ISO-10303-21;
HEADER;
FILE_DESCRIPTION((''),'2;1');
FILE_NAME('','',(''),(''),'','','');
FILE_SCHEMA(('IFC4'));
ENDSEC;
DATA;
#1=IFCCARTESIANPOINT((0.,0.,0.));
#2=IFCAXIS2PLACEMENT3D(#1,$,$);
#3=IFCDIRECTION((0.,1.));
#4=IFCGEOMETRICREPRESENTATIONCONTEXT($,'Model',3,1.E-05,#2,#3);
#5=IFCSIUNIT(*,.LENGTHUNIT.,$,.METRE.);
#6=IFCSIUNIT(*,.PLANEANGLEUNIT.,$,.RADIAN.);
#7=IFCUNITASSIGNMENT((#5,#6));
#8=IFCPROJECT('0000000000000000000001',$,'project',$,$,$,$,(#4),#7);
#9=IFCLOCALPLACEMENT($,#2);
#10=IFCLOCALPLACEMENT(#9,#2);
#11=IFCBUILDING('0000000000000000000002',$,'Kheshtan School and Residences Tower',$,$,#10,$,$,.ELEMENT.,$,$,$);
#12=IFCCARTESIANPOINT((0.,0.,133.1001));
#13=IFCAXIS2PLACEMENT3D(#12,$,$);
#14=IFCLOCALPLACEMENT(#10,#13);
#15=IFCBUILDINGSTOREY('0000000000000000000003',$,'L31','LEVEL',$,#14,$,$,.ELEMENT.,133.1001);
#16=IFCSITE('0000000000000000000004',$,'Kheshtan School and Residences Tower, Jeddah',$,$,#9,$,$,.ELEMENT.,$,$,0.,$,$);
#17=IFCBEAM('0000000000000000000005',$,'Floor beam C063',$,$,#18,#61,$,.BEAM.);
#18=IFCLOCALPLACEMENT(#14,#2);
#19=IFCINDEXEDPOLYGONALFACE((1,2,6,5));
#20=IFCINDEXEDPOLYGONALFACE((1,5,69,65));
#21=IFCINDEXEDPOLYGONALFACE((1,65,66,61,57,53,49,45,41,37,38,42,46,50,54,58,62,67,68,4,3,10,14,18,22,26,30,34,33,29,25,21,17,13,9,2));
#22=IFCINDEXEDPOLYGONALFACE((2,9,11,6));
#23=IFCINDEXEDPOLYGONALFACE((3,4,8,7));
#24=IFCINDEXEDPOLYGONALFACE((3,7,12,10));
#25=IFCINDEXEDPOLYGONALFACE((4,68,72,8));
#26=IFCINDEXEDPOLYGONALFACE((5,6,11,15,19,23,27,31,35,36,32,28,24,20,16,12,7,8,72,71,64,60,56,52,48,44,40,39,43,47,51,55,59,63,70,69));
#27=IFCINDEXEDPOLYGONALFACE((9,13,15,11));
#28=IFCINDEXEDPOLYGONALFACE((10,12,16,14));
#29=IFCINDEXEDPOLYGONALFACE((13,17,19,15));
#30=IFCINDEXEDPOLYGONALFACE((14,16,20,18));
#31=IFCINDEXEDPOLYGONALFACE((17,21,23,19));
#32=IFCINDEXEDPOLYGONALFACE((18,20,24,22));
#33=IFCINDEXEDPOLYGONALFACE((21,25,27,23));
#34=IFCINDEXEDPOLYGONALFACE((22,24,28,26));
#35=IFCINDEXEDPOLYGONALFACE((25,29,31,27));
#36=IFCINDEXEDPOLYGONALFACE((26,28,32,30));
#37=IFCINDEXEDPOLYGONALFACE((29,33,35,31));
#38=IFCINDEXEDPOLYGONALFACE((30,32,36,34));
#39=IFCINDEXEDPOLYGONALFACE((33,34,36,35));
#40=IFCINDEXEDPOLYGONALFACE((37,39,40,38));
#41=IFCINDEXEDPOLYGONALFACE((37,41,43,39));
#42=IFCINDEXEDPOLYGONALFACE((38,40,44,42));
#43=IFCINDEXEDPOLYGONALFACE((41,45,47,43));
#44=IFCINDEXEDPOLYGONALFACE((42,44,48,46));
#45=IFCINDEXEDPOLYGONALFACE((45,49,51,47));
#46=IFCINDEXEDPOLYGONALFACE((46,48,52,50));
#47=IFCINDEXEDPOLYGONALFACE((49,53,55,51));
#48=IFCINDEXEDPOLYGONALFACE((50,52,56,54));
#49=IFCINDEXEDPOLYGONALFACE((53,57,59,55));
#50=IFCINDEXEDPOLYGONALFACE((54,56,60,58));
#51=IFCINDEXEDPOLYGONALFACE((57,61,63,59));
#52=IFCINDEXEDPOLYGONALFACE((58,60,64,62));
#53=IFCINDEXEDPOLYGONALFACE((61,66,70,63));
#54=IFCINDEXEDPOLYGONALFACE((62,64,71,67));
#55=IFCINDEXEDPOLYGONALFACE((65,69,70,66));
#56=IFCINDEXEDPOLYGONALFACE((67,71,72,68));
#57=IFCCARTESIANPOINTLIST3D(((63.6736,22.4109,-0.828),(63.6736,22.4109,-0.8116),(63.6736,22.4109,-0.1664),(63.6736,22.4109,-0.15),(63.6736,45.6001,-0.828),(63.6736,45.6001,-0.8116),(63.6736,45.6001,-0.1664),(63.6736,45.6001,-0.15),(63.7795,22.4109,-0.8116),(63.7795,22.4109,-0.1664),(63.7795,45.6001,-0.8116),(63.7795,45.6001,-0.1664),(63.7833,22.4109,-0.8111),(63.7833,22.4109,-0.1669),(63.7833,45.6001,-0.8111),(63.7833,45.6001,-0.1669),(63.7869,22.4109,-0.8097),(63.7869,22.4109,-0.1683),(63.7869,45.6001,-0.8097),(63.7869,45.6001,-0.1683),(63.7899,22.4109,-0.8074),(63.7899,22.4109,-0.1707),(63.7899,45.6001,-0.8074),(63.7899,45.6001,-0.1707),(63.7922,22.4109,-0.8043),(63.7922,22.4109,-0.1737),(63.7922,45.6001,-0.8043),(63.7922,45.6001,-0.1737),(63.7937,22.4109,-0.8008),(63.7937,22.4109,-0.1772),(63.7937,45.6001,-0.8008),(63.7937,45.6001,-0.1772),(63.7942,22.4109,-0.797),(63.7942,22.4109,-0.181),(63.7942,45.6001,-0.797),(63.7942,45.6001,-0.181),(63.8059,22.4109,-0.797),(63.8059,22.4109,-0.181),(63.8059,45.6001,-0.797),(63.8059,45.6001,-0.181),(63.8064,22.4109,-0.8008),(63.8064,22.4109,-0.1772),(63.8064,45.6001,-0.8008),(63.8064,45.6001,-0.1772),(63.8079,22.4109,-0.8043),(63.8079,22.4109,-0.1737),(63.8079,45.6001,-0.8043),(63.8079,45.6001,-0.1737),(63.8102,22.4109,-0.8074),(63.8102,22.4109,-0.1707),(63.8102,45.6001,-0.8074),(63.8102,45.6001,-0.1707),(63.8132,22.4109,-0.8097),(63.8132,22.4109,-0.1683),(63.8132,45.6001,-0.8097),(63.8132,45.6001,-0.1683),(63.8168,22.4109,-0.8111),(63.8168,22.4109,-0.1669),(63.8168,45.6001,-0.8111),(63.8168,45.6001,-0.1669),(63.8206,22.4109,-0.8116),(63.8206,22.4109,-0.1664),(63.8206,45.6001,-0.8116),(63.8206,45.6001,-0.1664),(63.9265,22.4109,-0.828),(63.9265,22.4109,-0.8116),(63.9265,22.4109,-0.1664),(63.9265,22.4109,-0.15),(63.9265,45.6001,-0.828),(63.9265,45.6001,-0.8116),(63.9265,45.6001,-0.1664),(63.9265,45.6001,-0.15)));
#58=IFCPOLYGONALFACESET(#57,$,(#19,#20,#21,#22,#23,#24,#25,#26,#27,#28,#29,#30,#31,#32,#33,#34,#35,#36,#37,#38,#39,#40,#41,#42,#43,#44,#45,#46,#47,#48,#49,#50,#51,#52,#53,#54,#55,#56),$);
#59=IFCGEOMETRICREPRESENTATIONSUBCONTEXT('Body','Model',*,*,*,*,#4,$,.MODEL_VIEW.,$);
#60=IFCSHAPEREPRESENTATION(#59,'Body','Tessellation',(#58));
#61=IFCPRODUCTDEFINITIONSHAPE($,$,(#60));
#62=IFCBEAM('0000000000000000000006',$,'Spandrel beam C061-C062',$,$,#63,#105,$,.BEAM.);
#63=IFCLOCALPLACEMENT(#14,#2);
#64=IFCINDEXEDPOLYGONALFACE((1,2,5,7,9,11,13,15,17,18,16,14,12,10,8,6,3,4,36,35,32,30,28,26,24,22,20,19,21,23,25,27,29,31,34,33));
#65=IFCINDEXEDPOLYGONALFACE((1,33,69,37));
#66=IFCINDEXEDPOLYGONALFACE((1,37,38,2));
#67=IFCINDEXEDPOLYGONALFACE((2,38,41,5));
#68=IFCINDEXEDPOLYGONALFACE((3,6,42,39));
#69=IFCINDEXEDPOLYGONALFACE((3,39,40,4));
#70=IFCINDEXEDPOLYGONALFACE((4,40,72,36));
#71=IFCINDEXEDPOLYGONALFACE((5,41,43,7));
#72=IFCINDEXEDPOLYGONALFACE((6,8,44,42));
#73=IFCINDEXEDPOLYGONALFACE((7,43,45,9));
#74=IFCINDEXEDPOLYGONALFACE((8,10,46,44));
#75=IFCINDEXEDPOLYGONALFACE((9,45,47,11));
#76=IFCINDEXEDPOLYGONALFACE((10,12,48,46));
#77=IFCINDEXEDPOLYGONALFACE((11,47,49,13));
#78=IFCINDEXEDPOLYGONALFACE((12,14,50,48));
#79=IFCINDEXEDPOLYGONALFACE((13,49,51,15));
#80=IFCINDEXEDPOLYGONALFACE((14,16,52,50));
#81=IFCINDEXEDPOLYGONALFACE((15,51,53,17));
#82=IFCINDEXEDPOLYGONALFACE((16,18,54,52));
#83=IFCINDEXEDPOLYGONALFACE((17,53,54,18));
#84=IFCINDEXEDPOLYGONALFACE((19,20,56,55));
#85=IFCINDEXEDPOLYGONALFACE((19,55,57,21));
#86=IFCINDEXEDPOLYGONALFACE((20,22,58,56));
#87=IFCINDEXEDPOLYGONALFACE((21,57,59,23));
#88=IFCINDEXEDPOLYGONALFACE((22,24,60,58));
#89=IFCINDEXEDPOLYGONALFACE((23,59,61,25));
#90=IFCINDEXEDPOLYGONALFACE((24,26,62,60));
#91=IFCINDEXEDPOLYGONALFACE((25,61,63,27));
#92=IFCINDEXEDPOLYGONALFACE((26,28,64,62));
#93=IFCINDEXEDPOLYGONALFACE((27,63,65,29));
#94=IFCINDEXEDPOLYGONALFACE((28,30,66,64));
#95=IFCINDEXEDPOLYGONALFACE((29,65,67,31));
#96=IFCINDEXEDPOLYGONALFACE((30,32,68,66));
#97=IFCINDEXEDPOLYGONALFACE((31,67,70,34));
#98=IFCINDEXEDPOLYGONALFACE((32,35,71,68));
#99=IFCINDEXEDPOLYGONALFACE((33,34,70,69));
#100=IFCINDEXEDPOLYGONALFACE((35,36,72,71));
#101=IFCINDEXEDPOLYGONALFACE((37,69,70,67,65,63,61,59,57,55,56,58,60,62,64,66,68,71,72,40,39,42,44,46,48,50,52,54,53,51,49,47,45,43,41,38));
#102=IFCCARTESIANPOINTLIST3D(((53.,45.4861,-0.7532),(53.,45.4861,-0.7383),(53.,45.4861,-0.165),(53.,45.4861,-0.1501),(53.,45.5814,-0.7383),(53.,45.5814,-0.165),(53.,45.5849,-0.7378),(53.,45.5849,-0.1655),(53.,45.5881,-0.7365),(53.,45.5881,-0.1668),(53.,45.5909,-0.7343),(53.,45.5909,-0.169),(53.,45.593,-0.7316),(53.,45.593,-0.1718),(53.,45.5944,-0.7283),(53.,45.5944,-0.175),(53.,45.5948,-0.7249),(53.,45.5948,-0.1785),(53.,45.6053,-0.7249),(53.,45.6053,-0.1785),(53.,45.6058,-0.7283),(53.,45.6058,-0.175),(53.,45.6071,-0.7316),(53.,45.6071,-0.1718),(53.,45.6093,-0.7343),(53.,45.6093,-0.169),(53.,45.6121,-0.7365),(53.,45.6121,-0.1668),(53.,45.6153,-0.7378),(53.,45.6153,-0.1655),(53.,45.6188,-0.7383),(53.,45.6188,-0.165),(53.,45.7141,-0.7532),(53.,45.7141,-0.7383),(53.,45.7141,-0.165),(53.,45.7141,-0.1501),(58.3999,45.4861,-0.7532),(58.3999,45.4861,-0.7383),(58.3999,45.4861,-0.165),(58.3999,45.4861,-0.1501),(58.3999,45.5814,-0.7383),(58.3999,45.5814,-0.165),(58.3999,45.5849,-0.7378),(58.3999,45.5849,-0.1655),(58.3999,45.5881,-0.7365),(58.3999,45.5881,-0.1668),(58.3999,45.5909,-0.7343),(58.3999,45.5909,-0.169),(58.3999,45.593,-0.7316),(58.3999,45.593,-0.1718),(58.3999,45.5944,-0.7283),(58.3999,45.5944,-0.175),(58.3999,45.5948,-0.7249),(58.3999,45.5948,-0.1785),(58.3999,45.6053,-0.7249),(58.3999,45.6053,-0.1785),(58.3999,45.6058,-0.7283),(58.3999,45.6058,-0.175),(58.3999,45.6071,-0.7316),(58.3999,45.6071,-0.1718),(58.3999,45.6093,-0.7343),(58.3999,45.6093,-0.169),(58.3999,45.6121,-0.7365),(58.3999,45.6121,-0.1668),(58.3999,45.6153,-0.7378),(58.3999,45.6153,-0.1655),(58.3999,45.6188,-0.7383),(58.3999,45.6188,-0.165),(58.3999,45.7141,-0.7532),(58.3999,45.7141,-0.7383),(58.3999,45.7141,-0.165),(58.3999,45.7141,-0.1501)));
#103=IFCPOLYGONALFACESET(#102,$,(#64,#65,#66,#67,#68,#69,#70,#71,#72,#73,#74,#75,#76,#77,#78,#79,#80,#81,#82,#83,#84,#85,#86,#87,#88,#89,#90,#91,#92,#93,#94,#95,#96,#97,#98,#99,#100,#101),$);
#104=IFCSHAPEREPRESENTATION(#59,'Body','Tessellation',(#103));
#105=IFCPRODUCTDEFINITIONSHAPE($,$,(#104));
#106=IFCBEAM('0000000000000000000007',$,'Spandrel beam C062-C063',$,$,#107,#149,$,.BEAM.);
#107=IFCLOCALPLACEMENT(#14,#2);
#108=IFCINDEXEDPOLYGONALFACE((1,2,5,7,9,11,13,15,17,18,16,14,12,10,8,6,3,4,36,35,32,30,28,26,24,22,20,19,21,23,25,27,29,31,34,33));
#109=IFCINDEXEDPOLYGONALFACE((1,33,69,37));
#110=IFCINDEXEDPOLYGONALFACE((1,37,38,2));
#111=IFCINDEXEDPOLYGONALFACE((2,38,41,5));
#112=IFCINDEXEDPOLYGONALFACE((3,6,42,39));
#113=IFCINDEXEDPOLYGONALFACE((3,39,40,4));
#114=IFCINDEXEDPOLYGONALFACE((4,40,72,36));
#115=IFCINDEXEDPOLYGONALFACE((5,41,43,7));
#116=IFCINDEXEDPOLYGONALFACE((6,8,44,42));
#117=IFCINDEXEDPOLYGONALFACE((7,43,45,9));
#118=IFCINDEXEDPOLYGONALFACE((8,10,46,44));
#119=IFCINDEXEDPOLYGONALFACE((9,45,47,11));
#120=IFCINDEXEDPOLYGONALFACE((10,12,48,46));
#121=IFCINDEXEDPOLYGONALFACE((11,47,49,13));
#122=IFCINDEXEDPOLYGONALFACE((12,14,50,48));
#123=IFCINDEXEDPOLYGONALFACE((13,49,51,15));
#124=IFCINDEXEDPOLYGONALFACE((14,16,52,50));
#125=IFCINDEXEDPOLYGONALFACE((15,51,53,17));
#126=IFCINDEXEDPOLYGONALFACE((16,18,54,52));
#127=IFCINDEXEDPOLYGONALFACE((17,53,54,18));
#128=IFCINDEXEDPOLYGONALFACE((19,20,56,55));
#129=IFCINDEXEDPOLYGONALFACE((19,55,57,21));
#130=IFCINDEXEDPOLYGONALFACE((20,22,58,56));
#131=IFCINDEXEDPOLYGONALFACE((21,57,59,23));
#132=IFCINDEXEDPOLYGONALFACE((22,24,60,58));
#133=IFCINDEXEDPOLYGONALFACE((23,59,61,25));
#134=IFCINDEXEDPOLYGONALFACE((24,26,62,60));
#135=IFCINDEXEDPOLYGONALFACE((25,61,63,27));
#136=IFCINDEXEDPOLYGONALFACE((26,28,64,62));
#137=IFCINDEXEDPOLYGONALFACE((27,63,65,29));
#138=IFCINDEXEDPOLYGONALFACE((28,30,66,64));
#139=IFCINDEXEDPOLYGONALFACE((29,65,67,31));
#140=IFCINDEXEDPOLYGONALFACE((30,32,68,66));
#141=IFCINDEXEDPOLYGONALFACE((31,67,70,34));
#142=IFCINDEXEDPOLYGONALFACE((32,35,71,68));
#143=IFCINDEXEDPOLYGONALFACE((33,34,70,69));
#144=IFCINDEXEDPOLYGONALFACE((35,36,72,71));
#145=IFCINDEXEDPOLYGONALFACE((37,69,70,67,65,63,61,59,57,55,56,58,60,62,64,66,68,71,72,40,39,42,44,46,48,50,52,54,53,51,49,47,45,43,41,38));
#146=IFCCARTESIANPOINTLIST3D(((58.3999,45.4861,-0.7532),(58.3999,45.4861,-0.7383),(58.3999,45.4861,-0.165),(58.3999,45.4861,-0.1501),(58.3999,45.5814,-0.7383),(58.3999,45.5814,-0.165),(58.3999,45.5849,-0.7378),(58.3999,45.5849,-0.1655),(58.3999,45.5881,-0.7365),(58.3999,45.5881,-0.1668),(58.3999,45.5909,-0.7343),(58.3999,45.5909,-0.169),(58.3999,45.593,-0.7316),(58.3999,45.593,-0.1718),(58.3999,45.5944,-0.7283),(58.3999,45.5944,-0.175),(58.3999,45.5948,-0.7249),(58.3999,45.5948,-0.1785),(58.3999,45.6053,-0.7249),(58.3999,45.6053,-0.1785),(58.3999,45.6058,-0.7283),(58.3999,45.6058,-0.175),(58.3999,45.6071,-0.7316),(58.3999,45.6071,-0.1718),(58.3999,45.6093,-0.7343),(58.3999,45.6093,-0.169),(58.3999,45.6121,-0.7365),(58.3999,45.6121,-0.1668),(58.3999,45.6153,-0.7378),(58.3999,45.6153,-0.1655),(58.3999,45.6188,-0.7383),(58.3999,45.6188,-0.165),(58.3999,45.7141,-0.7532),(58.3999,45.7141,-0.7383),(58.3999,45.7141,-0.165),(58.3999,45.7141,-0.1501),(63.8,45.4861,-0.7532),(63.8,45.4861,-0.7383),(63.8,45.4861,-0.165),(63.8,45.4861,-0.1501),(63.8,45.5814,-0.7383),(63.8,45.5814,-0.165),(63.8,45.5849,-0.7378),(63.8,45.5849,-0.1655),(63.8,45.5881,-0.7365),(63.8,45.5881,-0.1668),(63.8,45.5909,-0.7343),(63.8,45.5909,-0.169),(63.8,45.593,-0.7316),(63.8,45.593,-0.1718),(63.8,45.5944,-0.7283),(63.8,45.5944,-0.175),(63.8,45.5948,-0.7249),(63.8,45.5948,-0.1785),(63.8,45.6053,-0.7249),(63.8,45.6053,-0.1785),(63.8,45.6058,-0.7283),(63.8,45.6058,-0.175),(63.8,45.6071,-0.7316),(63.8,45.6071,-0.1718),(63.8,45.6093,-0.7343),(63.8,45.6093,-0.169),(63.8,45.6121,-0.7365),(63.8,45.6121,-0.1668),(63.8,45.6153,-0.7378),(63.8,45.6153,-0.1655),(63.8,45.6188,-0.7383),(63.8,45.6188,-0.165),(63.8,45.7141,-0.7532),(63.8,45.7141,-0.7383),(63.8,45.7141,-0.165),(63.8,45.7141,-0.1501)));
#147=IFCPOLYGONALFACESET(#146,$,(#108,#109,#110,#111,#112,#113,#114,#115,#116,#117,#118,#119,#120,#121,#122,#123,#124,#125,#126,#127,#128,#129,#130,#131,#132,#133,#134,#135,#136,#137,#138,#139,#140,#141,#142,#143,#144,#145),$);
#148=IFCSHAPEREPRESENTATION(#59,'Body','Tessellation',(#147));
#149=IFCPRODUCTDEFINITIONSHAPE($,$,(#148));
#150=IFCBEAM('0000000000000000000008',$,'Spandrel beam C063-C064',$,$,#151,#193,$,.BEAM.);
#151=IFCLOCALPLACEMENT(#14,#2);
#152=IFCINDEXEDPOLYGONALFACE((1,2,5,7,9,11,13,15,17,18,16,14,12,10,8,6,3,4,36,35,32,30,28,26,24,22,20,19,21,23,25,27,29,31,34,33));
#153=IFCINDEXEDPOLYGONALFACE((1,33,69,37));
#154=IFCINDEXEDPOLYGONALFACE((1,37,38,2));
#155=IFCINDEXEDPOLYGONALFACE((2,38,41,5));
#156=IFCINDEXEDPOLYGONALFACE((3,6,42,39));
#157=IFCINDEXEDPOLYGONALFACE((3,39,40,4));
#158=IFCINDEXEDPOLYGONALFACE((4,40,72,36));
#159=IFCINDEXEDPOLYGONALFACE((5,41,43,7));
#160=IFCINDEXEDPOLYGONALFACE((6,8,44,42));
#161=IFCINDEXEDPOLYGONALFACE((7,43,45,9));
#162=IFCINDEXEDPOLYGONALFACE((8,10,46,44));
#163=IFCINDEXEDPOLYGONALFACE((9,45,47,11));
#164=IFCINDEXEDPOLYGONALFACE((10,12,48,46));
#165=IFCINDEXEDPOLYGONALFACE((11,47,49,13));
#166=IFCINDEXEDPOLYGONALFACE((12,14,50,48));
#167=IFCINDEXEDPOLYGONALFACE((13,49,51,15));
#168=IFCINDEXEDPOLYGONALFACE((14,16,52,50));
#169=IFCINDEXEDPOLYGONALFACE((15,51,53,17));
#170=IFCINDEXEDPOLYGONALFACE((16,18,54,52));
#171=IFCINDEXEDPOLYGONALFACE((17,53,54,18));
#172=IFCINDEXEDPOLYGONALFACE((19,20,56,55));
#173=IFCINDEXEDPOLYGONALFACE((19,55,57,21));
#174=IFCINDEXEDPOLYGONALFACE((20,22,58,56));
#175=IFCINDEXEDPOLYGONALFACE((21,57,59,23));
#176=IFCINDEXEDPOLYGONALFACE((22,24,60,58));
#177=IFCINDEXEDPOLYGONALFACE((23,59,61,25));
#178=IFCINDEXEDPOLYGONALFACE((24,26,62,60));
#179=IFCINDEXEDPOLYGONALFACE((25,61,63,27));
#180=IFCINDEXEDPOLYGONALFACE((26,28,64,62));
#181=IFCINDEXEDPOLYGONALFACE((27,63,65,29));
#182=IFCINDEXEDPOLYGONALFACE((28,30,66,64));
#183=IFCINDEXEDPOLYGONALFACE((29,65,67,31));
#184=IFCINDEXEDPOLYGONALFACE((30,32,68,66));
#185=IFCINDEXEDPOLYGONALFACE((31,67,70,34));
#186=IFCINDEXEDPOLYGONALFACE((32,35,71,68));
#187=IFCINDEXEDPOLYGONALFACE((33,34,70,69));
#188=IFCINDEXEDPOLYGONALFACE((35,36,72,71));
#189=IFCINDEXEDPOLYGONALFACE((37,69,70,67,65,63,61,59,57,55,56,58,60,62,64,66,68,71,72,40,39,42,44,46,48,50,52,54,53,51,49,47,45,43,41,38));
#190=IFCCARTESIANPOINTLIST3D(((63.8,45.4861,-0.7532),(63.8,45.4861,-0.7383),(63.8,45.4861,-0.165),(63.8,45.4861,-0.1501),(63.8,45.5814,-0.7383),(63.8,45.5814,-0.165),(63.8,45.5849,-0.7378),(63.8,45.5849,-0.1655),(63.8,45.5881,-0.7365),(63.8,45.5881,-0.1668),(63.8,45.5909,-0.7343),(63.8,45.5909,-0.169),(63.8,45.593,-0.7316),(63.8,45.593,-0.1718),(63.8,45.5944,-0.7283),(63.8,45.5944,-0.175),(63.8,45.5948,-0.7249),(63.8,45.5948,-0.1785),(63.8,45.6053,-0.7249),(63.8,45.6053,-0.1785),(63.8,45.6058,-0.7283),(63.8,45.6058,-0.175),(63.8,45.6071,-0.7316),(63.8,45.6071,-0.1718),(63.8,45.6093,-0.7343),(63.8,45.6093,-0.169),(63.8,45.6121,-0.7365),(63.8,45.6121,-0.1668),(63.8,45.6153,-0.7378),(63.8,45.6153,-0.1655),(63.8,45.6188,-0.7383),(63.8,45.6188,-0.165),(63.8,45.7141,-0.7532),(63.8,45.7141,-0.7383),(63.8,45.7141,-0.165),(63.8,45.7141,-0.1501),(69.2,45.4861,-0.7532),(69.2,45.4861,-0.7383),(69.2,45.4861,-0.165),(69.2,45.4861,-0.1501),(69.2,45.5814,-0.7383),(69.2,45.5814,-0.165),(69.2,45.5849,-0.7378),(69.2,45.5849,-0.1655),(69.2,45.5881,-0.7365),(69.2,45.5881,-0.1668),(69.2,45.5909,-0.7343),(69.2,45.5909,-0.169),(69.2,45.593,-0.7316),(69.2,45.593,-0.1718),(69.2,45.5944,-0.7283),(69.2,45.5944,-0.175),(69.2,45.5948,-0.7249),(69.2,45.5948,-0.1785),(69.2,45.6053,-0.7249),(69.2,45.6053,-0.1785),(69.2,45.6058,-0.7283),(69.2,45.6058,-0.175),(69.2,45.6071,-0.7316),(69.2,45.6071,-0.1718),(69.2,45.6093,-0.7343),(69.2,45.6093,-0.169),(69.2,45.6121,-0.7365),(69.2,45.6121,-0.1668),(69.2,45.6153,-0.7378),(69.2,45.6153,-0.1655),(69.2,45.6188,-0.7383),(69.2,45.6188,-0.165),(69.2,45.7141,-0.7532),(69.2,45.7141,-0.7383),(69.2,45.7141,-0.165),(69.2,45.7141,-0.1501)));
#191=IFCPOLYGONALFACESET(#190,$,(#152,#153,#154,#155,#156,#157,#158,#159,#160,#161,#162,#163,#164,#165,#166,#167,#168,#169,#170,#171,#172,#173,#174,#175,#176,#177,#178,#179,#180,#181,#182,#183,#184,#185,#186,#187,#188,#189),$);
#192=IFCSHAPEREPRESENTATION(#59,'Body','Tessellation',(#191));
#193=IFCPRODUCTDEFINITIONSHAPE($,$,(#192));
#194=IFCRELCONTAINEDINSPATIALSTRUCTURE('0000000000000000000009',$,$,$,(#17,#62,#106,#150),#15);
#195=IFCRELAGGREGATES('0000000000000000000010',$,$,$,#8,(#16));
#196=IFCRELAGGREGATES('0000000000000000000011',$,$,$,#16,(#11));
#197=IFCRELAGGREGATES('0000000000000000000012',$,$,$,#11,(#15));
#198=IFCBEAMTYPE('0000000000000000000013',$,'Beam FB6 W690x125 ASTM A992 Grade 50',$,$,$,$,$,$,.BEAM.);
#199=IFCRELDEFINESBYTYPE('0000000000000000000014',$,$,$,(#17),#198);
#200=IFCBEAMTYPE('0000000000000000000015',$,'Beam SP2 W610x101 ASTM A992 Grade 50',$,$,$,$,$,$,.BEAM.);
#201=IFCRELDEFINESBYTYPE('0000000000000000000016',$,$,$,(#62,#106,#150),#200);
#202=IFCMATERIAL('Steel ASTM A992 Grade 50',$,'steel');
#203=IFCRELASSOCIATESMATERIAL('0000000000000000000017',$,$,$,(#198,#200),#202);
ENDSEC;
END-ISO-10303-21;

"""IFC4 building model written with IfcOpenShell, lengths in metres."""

from ifc_helpers import new_model, si_unit, direction, frame, origin, origin_2d, place, context, subcontext, project, spatial, i_section, extrude, material, material_profile, profile_set, type_object, element, save


model = new_model("IFC4")

# Units and contexts
model_context = context("Model", 3, precision=1e-05, world=origin(), true_north=direction((0.0, 1.0)))
body_context = subcontext(model_context, "Body", "Model", "MODEL_VIEW")
ifc_project = project(units=[si_unit("LENGTHUNIT", "METRE"), si_unit("PLANEANGLEUNIT", "RADIAN")], contexts=[model_context])

# Site, building, storey
site_placement = place(None, origin())
site = spatial("IfcSite", under=ifc_project, at=site_placement, Name="Kheshtan School and Residences Tower, Jeddah", CompositionType="ELEMENT", RefElevation=0.0)
building_placement = place(site_placement, origin())
building = spatial("IfcBuilding", under=site, at=building_placement, Name="Kheshtan School and Residences Tower", CompositionType="ELEMENT")
storey_placement = place(building_placement, frame((0.0, 0.0, 133.1001)))
storey = spatial("IfcBuildingStorey", under=building, at=storey_placement, Name="L31", Description="LEVEL", CompositionType="ELEMENT", Elevation=133.1001)

# Shared definitions
ifc_material_1 = material(Name="Steel ASTM A992 Grade 50", Category="steel")

# Beams
ifc_material_profile_1 = material_profile(ifc_material_1, i_section(OverallWidth=0.2529, OverallDepth=0.678, WebThickness=0.0117, FlangeThickness=0.0164, FilletRadius=0.0146, at=origin_2d()), Name="W690x125")
ifc_profile_set_1 = profile_set([ifc_material_profile_1], Name="Steel ASTM A992 Grade 50")
beam_type_1 = type_object("IfcBeamType", Name="Beam FB6 W690x125 ASTM A992 Grade 50", PredefinedType="BEAM", material=ifc_profile_set_1)
beam_1_placement = place(storey_placement, frame((63.8, 45.6001, -0.489), z_axis=(0.0, -1.0, 0.0), x_axis=(1.0, 0.0, 0.0)))
element("IfcBeam", 1, at=beam_1_placement, inside=storey, type_object=beam_type_1, Name="Floor beam C063", PredefinedType="BEAM", context=body_context, shape_type="SweptSolid", body=[
    extrude(i_section(OverallWidth=0.2529, OverallDepth=0.678, WebThickness=0.0117, FlangeThickness=0.0164, FilletRadius=0.0146, at=origin_2d()), origin(), (0.0, 0.0, 1.0), 23.1892),
])
ifc_material_profile_2 = material_profile(ifc_material_1, i_section(OverallWidth=0.228, OverallDepth=0.603, WebThickness=0.0105, FlangeThickness=0.0149, FilletRadius=0.0134, at=origin_2d()), Name="W610x101")
ifc_profile_set_2 = profile_set([ifc_material_profile_2], Name="Steel ASTM A992 Grade 50")
beam_type_2 = type_object("IfcBeamType", Name="Beam SP2 W610x101 ASTM A992 Grade 50", PredefinedType="BEAM", material=ifc_profile_set_2)
beam_2_placement = place(storey_placement, frame((53.0, 45.6001, -0.4517), z_axis=(1.0, 0.0, 0.0), x_axis=(0.0, 1.0, 0.0)))
element("IfcBeam", 2, at=beam_2_placement, inside=storey, type_object=beam_type_2, Name="Spandrel beam C061-C062", PredefinedType="BEAM", context=body_context, shape_type="SweptSolid", body=[
    extrude(i_section(OverallWidth=0.228, OverallDepth=0.603, WebThickness=0.0105, FlangeThickness=0.0149, FilletRadius=0.0134, at=origin_2d()), origin(), (0.0, 0.0, 1.0), 5.3999),
])
beam_3_placement = place(storey_placement, frame((58.3999, 45.6001, -0.4517), z_axis=(1.0, 0.0, 0.0), x_axis=(0.0, 1.0, 0.0)))
element("IfcBeam", 3, at=beam_3_placement, inside=storey, type_object=beam_type_2, Name="Spandrel beam C062-C063", PredefinedType="BEAM", context=body_context, shape_type="SweptSolid", body=[
    extrude(i_section(OverallWidth=0.228, OverallDepth=0.603, WebThickness=0.0105, FlangeThickness=0.0149, FilletRadius=0.0134, at=origin_2d()), origin(), (0.0, 0.0, 1.0), 5.4001),
])
beam_4_placement = place(storey_placement, frame((63.8, 45.6001, -0.4517), z_axis=(1.0, 0.0, 0.0), x_axis=(0.0, 1.0, 0.0)))
element("IfcBeam", 4, at=beam_4_placement, inside=storey, type_object=beam_type_2, Name="Spandrel beam C063-C064", PredefinedType="BEAM", context=body_context, shape_type="SweptSolid", body=[
    extrude(i_section(OverallWidth=0.228, OverallDepth=0.603, WebThickness=0.0105, FlangeThickness=0.0149, FilletRadius=0.0134, at=origin_2d()), origin(), (0.0, 0.0, 1.0), 5.3999),
])

save(model, "model.ifc")
